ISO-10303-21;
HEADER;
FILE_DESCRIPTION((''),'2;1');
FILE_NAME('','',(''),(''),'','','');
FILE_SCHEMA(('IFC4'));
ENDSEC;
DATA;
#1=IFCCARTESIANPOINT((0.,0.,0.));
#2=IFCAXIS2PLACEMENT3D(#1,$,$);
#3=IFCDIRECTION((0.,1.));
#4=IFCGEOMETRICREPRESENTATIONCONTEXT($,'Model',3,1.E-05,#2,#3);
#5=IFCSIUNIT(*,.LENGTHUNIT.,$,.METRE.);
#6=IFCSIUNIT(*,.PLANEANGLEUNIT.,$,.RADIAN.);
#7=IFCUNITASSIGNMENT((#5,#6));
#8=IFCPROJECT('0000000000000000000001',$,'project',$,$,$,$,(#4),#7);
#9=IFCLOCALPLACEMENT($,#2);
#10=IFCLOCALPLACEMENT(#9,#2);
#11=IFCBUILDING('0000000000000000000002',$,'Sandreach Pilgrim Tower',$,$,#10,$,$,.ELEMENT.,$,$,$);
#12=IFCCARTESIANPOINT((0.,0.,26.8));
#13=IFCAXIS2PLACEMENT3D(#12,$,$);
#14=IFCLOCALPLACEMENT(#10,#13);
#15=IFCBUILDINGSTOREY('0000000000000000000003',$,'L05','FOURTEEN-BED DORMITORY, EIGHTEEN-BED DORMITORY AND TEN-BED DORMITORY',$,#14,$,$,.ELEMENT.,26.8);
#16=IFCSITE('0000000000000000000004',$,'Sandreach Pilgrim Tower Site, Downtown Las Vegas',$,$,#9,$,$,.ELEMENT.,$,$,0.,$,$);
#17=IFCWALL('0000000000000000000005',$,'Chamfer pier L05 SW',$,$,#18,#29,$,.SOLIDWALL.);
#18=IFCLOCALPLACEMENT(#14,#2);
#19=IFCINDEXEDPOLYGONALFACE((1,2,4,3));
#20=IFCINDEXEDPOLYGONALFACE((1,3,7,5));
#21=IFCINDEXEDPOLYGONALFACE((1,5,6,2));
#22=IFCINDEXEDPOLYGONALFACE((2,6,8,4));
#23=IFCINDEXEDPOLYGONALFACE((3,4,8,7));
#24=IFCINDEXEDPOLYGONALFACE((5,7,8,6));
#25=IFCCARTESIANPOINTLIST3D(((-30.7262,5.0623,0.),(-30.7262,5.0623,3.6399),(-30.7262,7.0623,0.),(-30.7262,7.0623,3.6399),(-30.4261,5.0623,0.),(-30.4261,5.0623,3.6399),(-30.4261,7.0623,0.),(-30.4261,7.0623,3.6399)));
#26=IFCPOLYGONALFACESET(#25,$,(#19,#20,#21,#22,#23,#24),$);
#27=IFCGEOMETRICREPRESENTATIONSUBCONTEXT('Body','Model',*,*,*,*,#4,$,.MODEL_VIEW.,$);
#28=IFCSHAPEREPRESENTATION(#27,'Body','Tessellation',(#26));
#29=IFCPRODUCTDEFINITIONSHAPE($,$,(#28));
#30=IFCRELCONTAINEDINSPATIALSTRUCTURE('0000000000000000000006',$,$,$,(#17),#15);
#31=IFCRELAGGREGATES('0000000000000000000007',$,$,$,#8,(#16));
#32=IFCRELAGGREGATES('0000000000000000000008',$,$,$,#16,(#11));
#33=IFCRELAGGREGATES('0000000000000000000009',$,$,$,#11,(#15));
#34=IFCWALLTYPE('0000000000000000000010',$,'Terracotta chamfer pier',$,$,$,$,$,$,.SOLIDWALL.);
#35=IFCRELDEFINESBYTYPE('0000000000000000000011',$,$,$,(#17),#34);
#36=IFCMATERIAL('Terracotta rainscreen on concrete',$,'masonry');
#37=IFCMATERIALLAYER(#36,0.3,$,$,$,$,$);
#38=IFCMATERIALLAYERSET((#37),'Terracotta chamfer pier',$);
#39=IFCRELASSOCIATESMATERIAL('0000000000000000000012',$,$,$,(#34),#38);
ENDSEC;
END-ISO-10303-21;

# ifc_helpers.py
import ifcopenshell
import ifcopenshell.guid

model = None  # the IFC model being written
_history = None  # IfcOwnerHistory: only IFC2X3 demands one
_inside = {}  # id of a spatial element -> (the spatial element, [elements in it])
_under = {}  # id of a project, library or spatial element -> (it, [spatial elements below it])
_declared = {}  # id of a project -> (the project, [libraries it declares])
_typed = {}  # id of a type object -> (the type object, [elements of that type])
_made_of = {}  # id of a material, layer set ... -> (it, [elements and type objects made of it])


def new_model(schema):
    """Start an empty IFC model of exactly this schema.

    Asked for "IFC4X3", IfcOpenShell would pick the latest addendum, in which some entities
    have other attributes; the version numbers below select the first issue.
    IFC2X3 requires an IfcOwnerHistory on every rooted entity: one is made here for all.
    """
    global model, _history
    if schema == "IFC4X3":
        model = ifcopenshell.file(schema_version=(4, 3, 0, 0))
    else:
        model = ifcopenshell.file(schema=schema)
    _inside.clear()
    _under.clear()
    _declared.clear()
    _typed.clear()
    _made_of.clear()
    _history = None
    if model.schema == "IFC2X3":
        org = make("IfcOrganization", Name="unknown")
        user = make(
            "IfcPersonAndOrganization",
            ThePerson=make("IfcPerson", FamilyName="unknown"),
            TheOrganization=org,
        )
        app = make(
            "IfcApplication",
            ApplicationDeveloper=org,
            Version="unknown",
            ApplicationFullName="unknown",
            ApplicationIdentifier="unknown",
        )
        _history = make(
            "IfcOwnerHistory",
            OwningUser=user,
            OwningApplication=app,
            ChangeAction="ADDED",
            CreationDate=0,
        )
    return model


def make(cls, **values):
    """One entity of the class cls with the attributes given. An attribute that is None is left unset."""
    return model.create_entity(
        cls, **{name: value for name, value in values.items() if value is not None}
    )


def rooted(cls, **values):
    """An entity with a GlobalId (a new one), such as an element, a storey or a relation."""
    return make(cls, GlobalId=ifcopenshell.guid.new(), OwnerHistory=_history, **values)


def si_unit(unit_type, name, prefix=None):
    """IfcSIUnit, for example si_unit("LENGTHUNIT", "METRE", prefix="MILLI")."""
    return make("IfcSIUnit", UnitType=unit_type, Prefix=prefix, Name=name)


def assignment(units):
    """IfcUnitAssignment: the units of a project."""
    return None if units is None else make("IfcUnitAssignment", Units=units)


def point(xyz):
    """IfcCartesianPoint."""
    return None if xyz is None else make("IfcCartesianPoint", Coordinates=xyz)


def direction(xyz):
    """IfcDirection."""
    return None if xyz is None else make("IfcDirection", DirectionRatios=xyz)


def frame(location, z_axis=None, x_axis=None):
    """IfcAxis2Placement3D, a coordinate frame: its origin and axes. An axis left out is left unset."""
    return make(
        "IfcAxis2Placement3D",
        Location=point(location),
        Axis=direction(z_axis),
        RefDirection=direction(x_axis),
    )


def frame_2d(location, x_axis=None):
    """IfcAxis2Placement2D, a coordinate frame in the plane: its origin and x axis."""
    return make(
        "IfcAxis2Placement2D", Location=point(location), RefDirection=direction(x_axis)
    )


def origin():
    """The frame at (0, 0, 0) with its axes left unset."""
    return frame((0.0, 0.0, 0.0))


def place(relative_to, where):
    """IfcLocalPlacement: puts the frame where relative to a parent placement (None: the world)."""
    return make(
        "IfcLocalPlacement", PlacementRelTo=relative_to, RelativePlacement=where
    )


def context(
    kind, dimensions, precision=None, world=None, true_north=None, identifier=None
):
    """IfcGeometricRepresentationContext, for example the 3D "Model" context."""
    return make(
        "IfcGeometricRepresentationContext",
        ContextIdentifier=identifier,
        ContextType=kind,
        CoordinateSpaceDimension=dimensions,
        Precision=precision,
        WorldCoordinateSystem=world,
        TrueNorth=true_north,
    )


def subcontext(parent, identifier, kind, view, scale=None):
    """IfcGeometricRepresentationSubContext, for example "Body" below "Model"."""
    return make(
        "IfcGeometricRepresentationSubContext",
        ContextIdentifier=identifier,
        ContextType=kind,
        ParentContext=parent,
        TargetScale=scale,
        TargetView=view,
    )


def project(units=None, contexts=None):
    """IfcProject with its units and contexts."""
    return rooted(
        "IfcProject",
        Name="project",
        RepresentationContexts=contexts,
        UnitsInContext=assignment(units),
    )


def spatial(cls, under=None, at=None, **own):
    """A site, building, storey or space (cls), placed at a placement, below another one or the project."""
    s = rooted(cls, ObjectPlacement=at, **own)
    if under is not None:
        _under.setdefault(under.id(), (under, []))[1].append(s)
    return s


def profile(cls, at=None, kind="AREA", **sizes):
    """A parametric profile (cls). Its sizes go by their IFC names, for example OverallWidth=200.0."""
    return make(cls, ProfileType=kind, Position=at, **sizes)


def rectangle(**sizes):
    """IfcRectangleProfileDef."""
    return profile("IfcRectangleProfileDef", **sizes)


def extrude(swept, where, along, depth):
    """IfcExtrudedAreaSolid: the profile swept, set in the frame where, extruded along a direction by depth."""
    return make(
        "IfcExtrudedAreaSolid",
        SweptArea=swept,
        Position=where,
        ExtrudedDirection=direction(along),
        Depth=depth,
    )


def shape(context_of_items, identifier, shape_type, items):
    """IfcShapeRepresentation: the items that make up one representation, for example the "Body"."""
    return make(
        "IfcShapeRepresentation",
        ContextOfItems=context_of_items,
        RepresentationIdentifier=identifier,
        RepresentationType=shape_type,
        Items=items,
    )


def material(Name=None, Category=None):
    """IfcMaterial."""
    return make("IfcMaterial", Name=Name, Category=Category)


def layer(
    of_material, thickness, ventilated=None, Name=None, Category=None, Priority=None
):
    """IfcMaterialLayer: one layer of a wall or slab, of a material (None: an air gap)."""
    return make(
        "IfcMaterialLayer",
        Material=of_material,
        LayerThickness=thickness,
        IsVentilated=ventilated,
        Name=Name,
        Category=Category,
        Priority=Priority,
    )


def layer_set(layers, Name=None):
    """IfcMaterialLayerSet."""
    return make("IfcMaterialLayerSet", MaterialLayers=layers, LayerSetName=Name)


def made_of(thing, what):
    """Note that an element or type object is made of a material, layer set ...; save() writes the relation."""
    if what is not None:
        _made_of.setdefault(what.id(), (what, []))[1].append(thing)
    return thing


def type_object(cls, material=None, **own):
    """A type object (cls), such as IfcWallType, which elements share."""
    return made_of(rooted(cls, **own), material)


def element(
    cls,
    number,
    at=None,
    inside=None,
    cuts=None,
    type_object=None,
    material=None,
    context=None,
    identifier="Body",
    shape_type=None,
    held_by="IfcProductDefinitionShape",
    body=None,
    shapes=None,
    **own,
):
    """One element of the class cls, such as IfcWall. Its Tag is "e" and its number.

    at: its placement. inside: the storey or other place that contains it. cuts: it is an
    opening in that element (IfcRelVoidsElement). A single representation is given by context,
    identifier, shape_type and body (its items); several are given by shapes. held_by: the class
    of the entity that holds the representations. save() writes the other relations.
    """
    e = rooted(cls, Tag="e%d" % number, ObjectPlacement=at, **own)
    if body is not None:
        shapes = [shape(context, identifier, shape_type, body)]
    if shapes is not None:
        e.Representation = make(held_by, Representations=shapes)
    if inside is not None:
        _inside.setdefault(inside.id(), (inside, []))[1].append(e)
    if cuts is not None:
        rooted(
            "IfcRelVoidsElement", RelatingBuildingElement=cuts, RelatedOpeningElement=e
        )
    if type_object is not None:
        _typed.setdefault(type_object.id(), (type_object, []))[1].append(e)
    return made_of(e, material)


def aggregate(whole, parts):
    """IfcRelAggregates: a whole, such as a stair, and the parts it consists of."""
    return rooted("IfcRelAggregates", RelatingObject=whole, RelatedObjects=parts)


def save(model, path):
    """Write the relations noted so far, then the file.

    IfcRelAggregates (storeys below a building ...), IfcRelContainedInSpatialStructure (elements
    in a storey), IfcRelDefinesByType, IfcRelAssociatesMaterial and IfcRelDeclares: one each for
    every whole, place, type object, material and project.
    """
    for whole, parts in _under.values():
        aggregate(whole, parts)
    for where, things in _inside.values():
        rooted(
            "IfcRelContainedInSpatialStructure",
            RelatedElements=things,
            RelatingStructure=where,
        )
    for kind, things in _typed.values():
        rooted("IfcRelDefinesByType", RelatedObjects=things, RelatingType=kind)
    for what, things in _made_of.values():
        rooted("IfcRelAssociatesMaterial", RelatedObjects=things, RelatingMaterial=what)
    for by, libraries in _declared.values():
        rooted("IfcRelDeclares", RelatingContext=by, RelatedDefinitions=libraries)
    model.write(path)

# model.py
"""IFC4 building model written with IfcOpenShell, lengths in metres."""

from ifc_helpers import new_model, si_unit, direction, frame, frame_2d, origin, place, context, subcontext, project, spatial, rectangle, extrude, material, layer, layer_set, type_object, element, save


model = new_model("IFC4")

# Units and contexts
model_context = context("Model", 3, precision=1e-05, world=origin(), true_north=direction((0.0, 1.0)))
body_context = subcontext(model_context, "Body", "Model", "MODEL_VIEW")
ifc_project = project(units=[si_unit("LENGTHUNIT", "METRE"), si_unit("PLANEANGLEUNIT", "RADIAN")], contexts=[model_context])

# Site, building, storey
site_placement = place(None, origin())
site = spatial("IfcSite", under=ifc_project, at=site_placement, Name="Sandreach Pilgrim Tower Site, Downtown Las Vegas", CompositionType="ELEMENT", RefElevation=0.0)
building_placement = place(site_placement, origin())
building = spatial("IfcBuilding", under=site, at=building_placement, Name="Sandreach Pilgrim Tower", CompositionType="ELEMENT")
storey_placement = place(building_placement, frame((0.0, 0.0, 26.8)))
storey = spatial("IfcBuildingStorey", under=building, at=storey_placement, Name="L05", Description="FOURTEEN-BED DORMITORY, EIGHTEEN-BED DORMITORY AND TEN-BED DORMITORY", CompositionType="ELEMENT", Elevation=26.8)

# Wall
ifc_material_1 = material(Name="Terracotta rainscreen on concrete", Category="masonry")
ifc_layer_1 = layer(ifc_material_1, 0.3)
ifc_layer_set_1 = layer_set([ifc_layer_1], Name="Terracotta chamfer pier")
wall_type_1 = type_object("IfcWallType", Name="Terracotta chamfer pier", PredefinedType="SOLIDWALL", material=ifc_layer_set_1)
wall_1_placement = place(storey_placement, frame((-30.5762, 5.0623, 0.0), z_axis=(0.0, 0.0, 1.0), x_axis=(0.0, 1.0, 0.0)))
element("IfcWall", 1, at=wall_1_placement, inside=storey, type_object=wall_type_1, Name="Chamfer pier L05 SW", PredefinedType="SOLIDWALL", context=body_context, shape_type="SweptSolid", body=[
    extrude(rectangle(XDim=2.0, YDim=0.3, at=frame_2d((1.0, 0.0))), origin(), (0.0, 0.0, 1.0), 3.6399),
])

save(model, "model.ifc")
